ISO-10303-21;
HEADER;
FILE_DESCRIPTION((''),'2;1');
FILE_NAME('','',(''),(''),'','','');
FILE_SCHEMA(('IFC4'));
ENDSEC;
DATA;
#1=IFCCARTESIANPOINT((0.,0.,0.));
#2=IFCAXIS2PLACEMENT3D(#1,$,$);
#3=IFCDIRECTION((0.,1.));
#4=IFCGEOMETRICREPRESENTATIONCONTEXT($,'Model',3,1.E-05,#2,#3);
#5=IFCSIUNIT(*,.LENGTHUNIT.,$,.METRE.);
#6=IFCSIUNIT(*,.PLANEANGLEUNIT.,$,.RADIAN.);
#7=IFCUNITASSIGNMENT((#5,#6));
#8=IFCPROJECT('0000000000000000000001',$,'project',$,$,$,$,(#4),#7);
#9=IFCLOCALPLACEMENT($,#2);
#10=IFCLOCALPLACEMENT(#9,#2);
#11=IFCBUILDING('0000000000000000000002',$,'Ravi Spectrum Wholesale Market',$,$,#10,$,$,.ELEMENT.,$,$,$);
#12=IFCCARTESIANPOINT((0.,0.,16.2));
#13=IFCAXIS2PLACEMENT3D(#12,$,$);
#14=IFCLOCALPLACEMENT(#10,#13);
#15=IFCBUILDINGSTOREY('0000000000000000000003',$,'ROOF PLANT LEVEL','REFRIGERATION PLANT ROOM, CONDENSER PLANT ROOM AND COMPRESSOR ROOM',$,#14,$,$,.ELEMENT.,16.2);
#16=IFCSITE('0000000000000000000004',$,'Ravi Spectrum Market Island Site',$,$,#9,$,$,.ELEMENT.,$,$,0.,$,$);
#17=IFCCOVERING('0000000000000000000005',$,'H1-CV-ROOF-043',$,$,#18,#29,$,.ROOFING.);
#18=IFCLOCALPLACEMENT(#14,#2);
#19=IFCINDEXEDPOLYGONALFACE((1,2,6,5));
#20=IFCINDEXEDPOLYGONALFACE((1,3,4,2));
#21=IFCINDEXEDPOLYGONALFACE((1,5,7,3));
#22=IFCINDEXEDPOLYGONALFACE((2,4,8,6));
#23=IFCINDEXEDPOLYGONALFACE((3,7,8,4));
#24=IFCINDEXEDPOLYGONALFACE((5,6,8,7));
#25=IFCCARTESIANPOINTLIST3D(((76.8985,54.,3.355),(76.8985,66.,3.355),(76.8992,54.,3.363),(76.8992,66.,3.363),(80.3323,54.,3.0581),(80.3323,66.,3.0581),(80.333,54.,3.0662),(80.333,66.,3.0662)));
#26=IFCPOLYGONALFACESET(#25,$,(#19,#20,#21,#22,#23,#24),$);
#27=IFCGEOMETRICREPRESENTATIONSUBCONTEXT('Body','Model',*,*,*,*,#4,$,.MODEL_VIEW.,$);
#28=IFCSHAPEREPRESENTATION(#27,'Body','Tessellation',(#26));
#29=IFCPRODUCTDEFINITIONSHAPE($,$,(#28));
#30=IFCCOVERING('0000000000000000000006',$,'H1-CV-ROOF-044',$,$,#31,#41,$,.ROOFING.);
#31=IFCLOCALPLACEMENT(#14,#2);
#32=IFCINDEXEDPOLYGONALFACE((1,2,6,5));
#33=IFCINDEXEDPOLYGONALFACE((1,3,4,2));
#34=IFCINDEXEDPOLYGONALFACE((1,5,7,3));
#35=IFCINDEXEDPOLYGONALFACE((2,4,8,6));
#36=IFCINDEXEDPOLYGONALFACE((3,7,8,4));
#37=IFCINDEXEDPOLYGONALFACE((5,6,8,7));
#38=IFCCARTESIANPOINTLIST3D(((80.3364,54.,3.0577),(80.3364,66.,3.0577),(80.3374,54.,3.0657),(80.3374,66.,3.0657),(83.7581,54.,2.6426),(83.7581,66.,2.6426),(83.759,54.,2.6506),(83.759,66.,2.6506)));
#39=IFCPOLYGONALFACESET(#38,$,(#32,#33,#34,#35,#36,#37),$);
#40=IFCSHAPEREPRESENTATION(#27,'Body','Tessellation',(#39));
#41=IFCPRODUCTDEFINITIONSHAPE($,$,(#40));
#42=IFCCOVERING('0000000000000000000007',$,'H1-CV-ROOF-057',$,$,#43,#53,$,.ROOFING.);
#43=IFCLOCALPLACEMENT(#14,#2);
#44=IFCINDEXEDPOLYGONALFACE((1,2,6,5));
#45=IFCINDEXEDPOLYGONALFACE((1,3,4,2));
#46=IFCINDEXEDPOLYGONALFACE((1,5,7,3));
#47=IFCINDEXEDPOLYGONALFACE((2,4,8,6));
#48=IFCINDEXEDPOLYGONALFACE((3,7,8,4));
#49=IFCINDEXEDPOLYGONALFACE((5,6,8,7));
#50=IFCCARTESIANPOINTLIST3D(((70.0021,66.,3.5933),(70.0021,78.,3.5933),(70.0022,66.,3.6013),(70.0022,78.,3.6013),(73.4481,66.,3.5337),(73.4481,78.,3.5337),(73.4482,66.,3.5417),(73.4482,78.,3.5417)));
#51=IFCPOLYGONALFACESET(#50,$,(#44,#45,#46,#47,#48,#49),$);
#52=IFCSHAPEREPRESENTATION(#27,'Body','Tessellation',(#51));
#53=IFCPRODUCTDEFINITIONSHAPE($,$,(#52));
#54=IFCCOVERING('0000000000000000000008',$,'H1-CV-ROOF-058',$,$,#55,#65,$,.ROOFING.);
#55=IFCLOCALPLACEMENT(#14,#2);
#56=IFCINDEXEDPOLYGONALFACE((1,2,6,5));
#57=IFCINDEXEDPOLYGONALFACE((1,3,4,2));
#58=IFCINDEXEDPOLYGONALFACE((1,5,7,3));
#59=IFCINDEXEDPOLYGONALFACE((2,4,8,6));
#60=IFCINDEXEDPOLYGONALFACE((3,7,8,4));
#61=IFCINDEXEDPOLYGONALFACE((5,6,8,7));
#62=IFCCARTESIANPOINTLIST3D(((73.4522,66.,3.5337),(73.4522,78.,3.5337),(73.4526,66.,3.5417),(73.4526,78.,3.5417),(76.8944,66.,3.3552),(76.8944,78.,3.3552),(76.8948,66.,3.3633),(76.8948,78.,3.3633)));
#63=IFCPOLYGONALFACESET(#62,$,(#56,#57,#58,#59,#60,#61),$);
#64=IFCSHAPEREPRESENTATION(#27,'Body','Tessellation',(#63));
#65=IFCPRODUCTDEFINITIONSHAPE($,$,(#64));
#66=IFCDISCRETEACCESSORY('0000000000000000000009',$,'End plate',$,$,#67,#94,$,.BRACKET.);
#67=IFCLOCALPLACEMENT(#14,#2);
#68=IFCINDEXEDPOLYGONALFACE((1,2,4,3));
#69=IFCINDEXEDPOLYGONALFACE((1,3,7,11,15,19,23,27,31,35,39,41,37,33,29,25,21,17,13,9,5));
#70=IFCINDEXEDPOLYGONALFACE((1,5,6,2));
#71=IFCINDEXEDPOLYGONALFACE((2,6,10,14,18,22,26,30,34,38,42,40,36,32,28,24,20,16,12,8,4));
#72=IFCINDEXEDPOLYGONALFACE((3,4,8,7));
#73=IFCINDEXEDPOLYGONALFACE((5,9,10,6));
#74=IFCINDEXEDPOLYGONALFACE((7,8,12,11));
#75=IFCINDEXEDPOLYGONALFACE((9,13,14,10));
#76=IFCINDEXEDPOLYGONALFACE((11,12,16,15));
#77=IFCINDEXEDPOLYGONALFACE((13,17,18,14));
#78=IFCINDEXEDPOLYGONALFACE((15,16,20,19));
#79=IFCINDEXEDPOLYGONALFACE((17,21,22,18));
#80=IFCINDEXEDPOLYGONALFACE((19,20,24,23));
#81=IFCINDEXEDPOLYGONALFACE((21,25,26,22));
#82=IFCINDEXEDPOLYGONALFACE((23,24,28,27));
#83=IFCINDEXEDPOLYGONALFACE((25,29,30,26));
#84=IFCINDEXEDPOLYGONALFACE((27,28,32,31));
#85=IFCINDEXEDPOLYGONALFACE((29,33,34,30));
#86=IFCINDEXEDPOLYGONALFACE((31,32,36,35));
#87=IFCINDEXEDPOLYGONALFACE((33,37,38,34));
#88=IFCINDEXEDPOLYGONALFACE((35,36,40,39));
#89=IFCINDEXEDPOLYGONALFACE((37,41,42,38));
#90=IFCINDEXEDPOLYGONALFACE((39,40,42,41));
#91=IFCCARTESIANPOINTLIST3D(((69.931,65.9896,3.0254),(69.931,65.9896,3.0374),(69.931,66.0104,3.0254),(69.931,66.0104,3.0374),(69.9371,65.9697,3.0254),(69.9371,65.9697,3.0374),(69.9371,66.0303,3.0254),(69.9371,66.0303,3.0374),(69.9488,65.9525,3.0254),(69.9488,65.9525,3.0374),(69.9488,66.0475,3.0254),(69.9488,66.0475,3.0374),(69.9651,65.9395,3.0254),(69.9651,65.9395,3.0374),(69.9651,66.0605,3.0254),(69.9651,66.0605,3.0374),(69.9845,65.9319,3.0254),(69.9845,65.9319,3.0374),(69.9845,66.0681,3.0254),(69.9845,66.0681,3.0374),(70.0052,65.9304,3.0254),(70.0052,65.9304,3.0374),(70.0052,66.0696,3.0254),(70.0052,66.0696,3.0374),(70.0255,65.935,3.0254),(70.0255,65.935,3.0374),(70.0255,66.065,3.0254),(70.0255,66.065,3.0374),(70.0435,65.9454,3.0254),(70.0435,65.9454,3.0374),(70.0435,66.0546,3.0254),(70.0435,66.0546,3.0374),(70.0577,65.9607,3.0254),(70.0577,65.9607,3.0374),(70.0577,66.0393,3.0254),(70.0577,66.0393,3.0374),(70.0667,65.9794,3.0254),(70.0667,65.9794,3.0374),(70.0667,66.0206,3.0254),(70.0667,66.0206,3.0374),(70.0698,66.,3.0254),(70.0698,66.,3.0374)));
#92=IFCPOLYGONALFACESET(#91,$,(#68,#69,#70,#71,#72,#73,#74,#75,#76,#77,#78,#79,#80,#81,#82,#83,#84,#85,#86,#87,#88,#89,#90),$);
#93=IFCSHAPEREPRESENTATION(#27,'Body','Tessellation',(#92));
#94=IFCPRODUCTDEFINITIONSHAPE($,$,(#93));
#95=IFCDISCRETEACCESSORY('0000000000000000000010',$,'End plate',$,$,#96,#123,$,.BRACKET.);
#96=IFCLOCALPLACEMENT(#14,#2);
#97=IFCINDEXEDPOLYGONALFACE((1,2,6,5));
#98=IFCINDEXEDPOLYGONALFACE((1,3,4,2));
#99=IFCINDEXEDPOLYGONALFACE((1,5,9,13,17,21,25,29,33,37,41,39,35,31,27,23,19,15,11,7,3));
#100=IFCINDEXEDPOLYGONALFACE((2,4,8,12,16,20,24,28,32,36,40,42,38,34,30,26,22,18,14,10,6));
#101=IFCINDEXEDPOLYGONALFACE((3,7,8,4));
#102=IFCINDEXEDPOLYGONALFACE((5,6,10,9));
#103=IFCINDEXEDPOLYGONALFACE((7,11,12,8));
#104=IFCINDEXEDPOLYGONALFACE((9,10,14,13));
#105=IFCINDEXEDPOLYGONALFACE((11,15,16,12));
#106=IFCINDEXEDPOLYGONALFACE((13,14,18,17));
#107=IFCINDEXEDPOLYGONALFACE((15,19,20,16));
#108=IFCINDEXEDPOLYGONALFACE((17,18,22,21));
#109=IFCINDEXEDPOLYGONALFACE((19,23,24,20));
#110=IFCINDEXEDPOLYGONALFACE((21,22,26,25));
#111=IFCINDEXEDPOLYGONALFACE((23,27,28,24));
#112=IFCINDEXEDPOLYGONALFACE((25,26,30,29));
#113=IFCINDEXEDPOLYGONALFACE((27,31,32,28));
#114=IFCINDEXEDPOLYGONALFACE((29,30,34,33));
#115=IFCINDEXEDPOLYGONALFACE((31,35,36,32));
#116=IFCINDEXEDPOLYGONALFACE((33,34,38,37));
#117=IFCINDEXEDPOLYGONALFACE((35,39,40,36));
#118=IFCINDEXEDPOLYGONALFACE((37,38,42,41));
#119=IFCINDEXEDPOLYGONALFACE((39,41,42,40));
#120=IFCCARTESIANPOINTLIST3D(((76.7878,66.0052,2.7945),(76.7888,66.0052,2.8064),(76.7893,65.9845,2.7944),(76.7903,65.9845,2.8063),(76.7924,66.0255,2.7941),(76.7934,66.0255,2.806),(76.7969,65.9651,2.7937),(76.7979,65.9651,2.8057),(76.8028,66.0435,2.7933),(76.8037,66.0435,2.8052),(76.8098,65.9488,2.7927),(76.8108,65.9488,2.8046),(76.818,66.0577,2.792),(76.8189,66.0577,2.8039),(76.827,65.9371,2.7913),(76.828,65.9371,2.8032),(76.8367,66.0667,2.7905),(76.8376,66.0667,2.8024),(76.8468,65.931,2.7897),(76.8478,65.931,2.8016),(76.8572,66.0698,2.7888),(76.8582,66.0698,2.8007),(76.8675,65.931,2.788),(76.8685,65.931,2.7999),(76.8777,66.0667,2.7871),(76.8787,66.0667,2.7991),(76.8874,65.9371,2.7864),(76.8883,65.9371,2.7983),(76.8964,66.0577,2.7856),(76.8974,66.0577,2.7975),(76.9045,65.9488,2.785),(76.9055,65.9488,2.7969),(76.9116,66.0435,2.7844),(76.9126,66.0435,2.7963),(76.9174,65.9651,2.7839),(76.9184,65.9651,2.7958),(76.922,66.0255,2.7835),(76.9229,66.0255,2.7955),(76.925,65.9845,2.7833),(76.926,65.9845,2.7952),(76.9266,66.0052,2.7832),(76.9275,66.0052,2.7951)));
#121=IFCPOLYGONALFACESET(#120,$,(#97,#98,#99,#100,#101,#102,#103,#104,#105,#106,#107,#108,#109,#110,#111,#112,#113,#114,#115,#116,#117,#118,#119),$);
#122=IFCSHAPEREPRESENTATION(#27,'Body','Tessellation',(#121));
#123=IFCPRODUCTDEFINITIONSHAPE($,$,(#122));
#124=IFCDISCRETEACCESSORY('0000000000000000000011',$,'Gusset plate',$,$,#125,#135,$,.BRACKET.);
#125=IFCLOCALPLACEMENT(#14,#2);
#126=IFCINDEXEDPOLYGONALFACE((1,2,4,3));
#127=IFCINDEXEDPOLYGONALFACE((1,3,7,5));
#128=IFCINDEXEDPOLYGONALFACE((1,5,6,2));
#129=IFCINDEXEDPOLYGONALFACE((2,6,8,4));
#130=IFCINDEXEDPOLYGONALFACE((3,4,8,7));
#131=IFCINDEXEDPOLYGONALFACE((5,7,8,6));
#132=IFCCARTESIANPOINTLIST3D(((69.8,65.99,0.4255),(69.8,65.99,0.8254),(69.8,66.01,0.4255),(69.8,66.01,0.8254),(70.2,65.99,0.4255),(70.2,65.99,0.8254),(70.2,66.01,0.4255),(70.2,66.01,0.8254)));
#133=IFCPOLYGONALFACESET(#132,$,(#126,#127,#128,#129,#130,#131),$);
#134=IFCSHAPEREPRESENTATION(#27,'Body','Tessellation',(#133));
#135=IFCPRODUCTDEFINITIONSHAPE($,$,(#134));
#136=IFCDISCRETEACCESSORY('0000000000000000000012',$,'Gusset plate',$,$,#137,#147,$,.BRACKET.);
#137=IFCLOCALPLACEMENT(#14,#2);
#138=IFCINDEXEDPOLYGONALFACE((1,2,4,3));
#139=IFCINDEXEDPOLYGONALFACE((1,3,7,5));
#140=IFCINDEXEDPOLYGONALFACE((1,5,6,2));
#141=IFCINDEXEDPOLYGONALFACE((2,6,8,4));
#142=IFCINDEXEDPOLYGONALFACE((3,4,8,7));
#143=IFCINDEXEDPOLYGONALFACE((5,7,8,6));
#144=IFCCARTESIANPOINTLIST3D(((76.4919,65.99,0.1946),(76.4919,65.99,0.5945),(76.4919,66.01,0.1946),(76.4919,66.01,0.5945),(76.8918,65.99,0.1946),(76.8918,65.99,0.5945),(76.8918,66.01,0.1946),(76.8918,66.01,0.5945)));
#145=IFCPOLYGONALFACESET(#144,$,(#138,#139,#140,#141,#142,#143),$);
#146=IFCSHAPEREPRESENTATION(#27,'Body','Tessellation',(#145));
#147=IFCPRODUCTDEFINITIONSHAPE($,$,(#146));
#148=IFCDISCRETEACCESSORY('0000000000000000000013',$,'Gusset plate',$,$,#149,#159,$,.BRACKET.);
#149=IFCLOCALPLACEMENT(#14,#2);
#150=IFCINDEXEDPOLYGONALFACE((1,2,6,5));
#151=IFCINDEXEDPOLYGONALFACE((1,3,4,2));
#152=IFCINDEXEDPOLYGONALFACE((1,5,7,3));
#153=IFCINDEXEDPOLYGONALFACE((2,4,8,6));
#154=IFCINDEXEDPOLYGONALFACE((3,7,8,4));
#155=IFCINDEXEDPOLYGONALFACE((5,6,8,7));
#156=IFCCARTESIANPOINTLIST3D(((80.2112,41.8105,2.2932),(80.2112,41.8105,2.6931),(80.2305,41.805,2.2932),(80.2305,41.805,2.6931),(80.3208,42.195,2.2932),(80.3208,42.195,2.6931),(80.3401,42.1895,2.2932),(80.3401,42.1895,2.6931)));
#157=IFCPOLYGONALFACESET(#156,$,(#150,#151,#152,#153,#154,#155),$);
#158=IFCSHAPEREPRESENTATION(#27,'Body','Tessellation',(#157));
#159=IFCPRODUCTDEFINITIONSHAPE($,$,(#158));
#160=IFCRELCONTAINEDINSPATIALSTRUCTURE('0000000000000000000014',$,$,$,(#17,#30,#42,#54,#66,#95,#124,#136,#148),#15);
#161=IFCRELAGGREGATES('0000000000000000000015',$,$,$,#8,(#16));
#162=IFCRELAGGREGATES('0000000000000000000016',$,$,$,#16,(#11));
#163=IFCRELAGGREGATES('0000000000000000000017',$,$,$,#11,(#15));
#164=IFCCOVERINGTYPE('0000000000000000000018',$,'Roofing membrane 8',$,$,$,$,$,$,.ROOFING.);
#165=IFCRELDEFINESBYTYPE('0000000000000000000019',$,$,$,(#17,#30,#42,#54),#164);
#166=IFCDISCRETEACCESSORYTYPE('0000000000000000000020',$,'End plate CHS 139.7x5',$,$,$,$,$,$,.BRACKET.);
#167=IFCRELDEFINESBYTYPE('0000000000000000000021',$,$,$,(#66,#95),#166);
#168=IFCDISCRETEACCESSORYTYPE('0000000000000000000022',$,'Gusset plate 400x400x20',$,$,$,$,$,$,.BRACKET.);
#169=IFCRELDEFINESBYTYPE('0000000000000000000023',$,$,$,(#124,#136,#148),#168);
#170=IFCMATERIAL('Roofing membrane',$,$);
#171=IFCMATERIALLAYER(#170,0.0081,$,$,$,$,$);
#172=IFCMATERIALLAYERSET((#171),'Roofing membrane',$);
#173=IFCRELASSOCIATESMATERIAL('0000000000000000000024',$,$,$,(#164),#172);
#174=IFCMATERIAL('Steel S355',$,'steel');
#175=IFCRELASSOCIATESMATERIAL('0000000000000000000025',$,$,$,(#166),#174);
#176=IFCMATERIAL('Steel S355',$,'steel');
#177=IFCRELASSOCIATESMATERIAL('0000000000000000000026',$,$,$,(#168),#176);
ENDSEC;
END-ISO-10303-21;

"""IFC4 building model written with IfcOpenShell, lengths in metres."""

from ifc_helpers import new_model, si_unit, direction, frame, origin, origin_2d, place, context, subcontext, project, spatial, polyline, rectangle, circle, outline, extrude, material, layer, layer_set, material_profile, profile_set, type_object, element, save


model = new_model("IFC4")

# Units and contexts
model_context = context("Model", 3, precision=1e-05, world=origin(), true_north=direction((0.0, 1.0)))
body_context = subcontext(model_context, "Body", "Model", "MODEL_VIEW")
ifc_project = project(units=[si_unit("LENGTHUNIT", "METRE"), si_unit("PLANEANGLEUNIT", "RADIAN")], contexts=[model_context])

# Site, building, storey
site_placement = place(None, origin())
site = spatial("IfcSite", under=ifc_project, at=site_placement, Name="Ravi Spectrum Market Island Site", CompositionType="ELEMENT", RefElevation=0.0)
building_placement = place(site_placement, origin())
building = spatial("IfcBuilding", under=site, at=building_placement, Name="Ravi Spectrum Wholesale Market", CompositionType="ELEMENT")
storey_placement = place(building_placement, frame((0.0, 0.0, 16.2)))
storey = spatial("IfcBuildingStorey", under=building, at=storey_placement, Name="ROOF PLANT LEVEL", Description="REFRIGERATION PLANT ROOM, CONDENSER PLANT ROOM AND COMPRESSOR ROOM", CompositionType="ELEMENT", Elevation=16.2)

# Coverings
ifc_material_1 = material(Name="Roofing membrane")
ifc_layer_1 = layer(ifc_material_1, 0.0081)
ifc_layer_set_1 = layer_set([ifc_layer_1], Name="Roofing membrane")
covering_type = type_object("IfcCoveringType", Name="Roofing membrane 8", PredefinedType="ROOFING", material=ifc_layer_set_1)
covering_1_placement = place(storey_placement, frame((76.8992, 54.0, 3.363), z_axis=(0.086134, 0.0, 0.996284), x_axis=(0.996284, 0.0, -0.086134)))
element("IfcCovering", 1, at=covering_1_placement, inside=storey, type_object=covering_type, Name="H1-CV-ROOF-043", PredefinedType="ROOFING", context=body_context, shape_type="SweptSolid", body=[
    extrude(outline(polyline([(0.0, 0.0), (3.4466, 0.0), (3.4466, 12.0), (0.0, 12.0), (0.0, 0.0)])), origin(), (0.0, 0.0, -1.0), 0.0081),
])
covering_2_placement = place(storey_placement, frame((80.3374, 54.0, 3.0657), z_axis=(0.120416, 0.0, 0.992724), x_axis=(0.992724, 0.0, -0.120416)))
element("IfcCovering", 2, at=covering_2_placement, inside=storey, type_object=covering_type, Name="H1-CV-ROOF-044", PredefinedType="ROOFING", context=body_context, shape_type="SweptSolid", body=[
    extrude(outline(polyline([(0.0, 0.0), (3.4467, 0.0), (3.4467, 12.0), (0.0, 12.0), (0.0, 0.0)])), origin(), (0.0, 0.0, -1.0), 0.0081),
])
covering_3_placement = place(storey_placement, frame((70.0022, 66.0, 3.6013), z_axis=(0.017284, 0.0, 0.999851), x_axis=(0.999851, 0.0, -0.017284)))
element("IfcCovering", 3, at=covering_3_placement, inside=storey, type_object=covering_type, Name="H1-CV-ROOF-057", PredefinedType="ROOFING", context=body_context, shape_type="SweptSolid", body=[
    extrude(outline(polyline([(0.0, 0.0), (3.4466, 0.0), (3.4466, 12.0), (0.0, 12.0), (0.0, 0.0)])), origin(), (0.0, 0.0, -1.0), 0.0081),
])
covering_4_placement = place(storey_placement, frame((73.4526, 66.0, 3.5417), z_axis=(0.051778, 0.0, 0.998659), x_axis=(0.998659, 0.0, -0.051778)))
element("IfcCovering", 4, at=covering_4_placement, inside=storey, type_object=covering_type, Name="H1-CV-ROOF-058", PredefinedType="ROOFING", context=body_context, shape_type="SweptSolid", body=[
    extrude(outline(polyline([(0.0, 0.0), (3.4468, 0.0), (3.4468, 12.0), (0.0, 12.0), (0.0, 0.0)])), origin(), (0.0, 0.0, -1.0), 0.0081),
])

# Discrete accessories
ifc_material_2 = material(Name="Steel S355", Category="steel")
ifc_material_profile_1 = material_profile(ifc_material_2, circle(Radius=0.0698, at=origin_2d()))
ifc_profile_set_1 = profile_set([ifc_material_profile_1], Name="Steel S355")
discrete_accessory_type_1 = type_object("IfcDiscreteAccessoryType", Name="End plate CHS 139.7x5", PredefinedType="BRACKET", material=ifc_profile_set_1)
for number, where, z_axis, x_axis, name in (
    (5, (70.0, 66.0, 3.0254), (0.0, 0.0, 1.0), (1.0, 0.0, 0.0), "End plate"),
    (6, (76.8572, 66.0, 2.7888), (0.081362, 0.0, 0.996685), (0.0, 1.0, 0.0), "End plate"),
):
    element("IfcDiscreteAccessory", number, at=place(storey_placement, frame(where, z_axis=z_axis, x_axis=x_axis)), inside=storey, type_object=discrete_accessory_type_1, Name=name, PredefinedType="BRACKET", context=body_context, shape_type="SweptSolid", body=[
        extrude(circle(Radius=0.0698, at=origin_2d()), origin(), (0.0, 0.0, 1.0), 0.012),
    ])
ifc_material_3 = material(Name="Steel S355", Category="steel")
ifc_material_profile_2 = material_profile(ifc_material_3, rectangle(XDim=0.3999, YDim=0.02, at=origin_2d()))
ifc_profile_set_2 = profile_set([ifc_material_profile_2], Name="Steel S355")
discrete_accessory_type_2 = type_object("IfcDiscreteAccessoryType", Name="Gusset plate 400x400x20", PredefinedType="BRACKET", material=ifc_profile_set_2)
for number, where, z_axis, x_axis, name in (
    (7, (70.0, 66.0, 0.4255), (0.0, 0.0, 1.0), (1.0, 0.0, 0.0), "Gusset plate"),
    (8, (76.6919, 66.0, 0.1946), (0.0, 0.0, 1.0), (-1.0, 0.0, 0.0), "Gusset plate"),
    (9, (80.2756, 42.0, 2.2932), (0.0, 0.0, 1.0), (0.2741, 0.961701, 0.0), "Gusset plate"),
):
    element("IfcDiscreteAccessory", number, at=place(storey_placement, frame(where, z_axis=z_axis, x_axis=x_axis)), inside=storey, type_object=discrete_accessory_type_2, Name=name, PredefinedType="BRACKET", context=body_context, shape_type="SweptSolid", body=[
        extrude(rectangle(XDim=0.3999, YDim=0.02, at=origin_2d()), origin(), (0.0, 0.0, 1.0), 0.3999),
    ])

save(model, "model.ifc")
